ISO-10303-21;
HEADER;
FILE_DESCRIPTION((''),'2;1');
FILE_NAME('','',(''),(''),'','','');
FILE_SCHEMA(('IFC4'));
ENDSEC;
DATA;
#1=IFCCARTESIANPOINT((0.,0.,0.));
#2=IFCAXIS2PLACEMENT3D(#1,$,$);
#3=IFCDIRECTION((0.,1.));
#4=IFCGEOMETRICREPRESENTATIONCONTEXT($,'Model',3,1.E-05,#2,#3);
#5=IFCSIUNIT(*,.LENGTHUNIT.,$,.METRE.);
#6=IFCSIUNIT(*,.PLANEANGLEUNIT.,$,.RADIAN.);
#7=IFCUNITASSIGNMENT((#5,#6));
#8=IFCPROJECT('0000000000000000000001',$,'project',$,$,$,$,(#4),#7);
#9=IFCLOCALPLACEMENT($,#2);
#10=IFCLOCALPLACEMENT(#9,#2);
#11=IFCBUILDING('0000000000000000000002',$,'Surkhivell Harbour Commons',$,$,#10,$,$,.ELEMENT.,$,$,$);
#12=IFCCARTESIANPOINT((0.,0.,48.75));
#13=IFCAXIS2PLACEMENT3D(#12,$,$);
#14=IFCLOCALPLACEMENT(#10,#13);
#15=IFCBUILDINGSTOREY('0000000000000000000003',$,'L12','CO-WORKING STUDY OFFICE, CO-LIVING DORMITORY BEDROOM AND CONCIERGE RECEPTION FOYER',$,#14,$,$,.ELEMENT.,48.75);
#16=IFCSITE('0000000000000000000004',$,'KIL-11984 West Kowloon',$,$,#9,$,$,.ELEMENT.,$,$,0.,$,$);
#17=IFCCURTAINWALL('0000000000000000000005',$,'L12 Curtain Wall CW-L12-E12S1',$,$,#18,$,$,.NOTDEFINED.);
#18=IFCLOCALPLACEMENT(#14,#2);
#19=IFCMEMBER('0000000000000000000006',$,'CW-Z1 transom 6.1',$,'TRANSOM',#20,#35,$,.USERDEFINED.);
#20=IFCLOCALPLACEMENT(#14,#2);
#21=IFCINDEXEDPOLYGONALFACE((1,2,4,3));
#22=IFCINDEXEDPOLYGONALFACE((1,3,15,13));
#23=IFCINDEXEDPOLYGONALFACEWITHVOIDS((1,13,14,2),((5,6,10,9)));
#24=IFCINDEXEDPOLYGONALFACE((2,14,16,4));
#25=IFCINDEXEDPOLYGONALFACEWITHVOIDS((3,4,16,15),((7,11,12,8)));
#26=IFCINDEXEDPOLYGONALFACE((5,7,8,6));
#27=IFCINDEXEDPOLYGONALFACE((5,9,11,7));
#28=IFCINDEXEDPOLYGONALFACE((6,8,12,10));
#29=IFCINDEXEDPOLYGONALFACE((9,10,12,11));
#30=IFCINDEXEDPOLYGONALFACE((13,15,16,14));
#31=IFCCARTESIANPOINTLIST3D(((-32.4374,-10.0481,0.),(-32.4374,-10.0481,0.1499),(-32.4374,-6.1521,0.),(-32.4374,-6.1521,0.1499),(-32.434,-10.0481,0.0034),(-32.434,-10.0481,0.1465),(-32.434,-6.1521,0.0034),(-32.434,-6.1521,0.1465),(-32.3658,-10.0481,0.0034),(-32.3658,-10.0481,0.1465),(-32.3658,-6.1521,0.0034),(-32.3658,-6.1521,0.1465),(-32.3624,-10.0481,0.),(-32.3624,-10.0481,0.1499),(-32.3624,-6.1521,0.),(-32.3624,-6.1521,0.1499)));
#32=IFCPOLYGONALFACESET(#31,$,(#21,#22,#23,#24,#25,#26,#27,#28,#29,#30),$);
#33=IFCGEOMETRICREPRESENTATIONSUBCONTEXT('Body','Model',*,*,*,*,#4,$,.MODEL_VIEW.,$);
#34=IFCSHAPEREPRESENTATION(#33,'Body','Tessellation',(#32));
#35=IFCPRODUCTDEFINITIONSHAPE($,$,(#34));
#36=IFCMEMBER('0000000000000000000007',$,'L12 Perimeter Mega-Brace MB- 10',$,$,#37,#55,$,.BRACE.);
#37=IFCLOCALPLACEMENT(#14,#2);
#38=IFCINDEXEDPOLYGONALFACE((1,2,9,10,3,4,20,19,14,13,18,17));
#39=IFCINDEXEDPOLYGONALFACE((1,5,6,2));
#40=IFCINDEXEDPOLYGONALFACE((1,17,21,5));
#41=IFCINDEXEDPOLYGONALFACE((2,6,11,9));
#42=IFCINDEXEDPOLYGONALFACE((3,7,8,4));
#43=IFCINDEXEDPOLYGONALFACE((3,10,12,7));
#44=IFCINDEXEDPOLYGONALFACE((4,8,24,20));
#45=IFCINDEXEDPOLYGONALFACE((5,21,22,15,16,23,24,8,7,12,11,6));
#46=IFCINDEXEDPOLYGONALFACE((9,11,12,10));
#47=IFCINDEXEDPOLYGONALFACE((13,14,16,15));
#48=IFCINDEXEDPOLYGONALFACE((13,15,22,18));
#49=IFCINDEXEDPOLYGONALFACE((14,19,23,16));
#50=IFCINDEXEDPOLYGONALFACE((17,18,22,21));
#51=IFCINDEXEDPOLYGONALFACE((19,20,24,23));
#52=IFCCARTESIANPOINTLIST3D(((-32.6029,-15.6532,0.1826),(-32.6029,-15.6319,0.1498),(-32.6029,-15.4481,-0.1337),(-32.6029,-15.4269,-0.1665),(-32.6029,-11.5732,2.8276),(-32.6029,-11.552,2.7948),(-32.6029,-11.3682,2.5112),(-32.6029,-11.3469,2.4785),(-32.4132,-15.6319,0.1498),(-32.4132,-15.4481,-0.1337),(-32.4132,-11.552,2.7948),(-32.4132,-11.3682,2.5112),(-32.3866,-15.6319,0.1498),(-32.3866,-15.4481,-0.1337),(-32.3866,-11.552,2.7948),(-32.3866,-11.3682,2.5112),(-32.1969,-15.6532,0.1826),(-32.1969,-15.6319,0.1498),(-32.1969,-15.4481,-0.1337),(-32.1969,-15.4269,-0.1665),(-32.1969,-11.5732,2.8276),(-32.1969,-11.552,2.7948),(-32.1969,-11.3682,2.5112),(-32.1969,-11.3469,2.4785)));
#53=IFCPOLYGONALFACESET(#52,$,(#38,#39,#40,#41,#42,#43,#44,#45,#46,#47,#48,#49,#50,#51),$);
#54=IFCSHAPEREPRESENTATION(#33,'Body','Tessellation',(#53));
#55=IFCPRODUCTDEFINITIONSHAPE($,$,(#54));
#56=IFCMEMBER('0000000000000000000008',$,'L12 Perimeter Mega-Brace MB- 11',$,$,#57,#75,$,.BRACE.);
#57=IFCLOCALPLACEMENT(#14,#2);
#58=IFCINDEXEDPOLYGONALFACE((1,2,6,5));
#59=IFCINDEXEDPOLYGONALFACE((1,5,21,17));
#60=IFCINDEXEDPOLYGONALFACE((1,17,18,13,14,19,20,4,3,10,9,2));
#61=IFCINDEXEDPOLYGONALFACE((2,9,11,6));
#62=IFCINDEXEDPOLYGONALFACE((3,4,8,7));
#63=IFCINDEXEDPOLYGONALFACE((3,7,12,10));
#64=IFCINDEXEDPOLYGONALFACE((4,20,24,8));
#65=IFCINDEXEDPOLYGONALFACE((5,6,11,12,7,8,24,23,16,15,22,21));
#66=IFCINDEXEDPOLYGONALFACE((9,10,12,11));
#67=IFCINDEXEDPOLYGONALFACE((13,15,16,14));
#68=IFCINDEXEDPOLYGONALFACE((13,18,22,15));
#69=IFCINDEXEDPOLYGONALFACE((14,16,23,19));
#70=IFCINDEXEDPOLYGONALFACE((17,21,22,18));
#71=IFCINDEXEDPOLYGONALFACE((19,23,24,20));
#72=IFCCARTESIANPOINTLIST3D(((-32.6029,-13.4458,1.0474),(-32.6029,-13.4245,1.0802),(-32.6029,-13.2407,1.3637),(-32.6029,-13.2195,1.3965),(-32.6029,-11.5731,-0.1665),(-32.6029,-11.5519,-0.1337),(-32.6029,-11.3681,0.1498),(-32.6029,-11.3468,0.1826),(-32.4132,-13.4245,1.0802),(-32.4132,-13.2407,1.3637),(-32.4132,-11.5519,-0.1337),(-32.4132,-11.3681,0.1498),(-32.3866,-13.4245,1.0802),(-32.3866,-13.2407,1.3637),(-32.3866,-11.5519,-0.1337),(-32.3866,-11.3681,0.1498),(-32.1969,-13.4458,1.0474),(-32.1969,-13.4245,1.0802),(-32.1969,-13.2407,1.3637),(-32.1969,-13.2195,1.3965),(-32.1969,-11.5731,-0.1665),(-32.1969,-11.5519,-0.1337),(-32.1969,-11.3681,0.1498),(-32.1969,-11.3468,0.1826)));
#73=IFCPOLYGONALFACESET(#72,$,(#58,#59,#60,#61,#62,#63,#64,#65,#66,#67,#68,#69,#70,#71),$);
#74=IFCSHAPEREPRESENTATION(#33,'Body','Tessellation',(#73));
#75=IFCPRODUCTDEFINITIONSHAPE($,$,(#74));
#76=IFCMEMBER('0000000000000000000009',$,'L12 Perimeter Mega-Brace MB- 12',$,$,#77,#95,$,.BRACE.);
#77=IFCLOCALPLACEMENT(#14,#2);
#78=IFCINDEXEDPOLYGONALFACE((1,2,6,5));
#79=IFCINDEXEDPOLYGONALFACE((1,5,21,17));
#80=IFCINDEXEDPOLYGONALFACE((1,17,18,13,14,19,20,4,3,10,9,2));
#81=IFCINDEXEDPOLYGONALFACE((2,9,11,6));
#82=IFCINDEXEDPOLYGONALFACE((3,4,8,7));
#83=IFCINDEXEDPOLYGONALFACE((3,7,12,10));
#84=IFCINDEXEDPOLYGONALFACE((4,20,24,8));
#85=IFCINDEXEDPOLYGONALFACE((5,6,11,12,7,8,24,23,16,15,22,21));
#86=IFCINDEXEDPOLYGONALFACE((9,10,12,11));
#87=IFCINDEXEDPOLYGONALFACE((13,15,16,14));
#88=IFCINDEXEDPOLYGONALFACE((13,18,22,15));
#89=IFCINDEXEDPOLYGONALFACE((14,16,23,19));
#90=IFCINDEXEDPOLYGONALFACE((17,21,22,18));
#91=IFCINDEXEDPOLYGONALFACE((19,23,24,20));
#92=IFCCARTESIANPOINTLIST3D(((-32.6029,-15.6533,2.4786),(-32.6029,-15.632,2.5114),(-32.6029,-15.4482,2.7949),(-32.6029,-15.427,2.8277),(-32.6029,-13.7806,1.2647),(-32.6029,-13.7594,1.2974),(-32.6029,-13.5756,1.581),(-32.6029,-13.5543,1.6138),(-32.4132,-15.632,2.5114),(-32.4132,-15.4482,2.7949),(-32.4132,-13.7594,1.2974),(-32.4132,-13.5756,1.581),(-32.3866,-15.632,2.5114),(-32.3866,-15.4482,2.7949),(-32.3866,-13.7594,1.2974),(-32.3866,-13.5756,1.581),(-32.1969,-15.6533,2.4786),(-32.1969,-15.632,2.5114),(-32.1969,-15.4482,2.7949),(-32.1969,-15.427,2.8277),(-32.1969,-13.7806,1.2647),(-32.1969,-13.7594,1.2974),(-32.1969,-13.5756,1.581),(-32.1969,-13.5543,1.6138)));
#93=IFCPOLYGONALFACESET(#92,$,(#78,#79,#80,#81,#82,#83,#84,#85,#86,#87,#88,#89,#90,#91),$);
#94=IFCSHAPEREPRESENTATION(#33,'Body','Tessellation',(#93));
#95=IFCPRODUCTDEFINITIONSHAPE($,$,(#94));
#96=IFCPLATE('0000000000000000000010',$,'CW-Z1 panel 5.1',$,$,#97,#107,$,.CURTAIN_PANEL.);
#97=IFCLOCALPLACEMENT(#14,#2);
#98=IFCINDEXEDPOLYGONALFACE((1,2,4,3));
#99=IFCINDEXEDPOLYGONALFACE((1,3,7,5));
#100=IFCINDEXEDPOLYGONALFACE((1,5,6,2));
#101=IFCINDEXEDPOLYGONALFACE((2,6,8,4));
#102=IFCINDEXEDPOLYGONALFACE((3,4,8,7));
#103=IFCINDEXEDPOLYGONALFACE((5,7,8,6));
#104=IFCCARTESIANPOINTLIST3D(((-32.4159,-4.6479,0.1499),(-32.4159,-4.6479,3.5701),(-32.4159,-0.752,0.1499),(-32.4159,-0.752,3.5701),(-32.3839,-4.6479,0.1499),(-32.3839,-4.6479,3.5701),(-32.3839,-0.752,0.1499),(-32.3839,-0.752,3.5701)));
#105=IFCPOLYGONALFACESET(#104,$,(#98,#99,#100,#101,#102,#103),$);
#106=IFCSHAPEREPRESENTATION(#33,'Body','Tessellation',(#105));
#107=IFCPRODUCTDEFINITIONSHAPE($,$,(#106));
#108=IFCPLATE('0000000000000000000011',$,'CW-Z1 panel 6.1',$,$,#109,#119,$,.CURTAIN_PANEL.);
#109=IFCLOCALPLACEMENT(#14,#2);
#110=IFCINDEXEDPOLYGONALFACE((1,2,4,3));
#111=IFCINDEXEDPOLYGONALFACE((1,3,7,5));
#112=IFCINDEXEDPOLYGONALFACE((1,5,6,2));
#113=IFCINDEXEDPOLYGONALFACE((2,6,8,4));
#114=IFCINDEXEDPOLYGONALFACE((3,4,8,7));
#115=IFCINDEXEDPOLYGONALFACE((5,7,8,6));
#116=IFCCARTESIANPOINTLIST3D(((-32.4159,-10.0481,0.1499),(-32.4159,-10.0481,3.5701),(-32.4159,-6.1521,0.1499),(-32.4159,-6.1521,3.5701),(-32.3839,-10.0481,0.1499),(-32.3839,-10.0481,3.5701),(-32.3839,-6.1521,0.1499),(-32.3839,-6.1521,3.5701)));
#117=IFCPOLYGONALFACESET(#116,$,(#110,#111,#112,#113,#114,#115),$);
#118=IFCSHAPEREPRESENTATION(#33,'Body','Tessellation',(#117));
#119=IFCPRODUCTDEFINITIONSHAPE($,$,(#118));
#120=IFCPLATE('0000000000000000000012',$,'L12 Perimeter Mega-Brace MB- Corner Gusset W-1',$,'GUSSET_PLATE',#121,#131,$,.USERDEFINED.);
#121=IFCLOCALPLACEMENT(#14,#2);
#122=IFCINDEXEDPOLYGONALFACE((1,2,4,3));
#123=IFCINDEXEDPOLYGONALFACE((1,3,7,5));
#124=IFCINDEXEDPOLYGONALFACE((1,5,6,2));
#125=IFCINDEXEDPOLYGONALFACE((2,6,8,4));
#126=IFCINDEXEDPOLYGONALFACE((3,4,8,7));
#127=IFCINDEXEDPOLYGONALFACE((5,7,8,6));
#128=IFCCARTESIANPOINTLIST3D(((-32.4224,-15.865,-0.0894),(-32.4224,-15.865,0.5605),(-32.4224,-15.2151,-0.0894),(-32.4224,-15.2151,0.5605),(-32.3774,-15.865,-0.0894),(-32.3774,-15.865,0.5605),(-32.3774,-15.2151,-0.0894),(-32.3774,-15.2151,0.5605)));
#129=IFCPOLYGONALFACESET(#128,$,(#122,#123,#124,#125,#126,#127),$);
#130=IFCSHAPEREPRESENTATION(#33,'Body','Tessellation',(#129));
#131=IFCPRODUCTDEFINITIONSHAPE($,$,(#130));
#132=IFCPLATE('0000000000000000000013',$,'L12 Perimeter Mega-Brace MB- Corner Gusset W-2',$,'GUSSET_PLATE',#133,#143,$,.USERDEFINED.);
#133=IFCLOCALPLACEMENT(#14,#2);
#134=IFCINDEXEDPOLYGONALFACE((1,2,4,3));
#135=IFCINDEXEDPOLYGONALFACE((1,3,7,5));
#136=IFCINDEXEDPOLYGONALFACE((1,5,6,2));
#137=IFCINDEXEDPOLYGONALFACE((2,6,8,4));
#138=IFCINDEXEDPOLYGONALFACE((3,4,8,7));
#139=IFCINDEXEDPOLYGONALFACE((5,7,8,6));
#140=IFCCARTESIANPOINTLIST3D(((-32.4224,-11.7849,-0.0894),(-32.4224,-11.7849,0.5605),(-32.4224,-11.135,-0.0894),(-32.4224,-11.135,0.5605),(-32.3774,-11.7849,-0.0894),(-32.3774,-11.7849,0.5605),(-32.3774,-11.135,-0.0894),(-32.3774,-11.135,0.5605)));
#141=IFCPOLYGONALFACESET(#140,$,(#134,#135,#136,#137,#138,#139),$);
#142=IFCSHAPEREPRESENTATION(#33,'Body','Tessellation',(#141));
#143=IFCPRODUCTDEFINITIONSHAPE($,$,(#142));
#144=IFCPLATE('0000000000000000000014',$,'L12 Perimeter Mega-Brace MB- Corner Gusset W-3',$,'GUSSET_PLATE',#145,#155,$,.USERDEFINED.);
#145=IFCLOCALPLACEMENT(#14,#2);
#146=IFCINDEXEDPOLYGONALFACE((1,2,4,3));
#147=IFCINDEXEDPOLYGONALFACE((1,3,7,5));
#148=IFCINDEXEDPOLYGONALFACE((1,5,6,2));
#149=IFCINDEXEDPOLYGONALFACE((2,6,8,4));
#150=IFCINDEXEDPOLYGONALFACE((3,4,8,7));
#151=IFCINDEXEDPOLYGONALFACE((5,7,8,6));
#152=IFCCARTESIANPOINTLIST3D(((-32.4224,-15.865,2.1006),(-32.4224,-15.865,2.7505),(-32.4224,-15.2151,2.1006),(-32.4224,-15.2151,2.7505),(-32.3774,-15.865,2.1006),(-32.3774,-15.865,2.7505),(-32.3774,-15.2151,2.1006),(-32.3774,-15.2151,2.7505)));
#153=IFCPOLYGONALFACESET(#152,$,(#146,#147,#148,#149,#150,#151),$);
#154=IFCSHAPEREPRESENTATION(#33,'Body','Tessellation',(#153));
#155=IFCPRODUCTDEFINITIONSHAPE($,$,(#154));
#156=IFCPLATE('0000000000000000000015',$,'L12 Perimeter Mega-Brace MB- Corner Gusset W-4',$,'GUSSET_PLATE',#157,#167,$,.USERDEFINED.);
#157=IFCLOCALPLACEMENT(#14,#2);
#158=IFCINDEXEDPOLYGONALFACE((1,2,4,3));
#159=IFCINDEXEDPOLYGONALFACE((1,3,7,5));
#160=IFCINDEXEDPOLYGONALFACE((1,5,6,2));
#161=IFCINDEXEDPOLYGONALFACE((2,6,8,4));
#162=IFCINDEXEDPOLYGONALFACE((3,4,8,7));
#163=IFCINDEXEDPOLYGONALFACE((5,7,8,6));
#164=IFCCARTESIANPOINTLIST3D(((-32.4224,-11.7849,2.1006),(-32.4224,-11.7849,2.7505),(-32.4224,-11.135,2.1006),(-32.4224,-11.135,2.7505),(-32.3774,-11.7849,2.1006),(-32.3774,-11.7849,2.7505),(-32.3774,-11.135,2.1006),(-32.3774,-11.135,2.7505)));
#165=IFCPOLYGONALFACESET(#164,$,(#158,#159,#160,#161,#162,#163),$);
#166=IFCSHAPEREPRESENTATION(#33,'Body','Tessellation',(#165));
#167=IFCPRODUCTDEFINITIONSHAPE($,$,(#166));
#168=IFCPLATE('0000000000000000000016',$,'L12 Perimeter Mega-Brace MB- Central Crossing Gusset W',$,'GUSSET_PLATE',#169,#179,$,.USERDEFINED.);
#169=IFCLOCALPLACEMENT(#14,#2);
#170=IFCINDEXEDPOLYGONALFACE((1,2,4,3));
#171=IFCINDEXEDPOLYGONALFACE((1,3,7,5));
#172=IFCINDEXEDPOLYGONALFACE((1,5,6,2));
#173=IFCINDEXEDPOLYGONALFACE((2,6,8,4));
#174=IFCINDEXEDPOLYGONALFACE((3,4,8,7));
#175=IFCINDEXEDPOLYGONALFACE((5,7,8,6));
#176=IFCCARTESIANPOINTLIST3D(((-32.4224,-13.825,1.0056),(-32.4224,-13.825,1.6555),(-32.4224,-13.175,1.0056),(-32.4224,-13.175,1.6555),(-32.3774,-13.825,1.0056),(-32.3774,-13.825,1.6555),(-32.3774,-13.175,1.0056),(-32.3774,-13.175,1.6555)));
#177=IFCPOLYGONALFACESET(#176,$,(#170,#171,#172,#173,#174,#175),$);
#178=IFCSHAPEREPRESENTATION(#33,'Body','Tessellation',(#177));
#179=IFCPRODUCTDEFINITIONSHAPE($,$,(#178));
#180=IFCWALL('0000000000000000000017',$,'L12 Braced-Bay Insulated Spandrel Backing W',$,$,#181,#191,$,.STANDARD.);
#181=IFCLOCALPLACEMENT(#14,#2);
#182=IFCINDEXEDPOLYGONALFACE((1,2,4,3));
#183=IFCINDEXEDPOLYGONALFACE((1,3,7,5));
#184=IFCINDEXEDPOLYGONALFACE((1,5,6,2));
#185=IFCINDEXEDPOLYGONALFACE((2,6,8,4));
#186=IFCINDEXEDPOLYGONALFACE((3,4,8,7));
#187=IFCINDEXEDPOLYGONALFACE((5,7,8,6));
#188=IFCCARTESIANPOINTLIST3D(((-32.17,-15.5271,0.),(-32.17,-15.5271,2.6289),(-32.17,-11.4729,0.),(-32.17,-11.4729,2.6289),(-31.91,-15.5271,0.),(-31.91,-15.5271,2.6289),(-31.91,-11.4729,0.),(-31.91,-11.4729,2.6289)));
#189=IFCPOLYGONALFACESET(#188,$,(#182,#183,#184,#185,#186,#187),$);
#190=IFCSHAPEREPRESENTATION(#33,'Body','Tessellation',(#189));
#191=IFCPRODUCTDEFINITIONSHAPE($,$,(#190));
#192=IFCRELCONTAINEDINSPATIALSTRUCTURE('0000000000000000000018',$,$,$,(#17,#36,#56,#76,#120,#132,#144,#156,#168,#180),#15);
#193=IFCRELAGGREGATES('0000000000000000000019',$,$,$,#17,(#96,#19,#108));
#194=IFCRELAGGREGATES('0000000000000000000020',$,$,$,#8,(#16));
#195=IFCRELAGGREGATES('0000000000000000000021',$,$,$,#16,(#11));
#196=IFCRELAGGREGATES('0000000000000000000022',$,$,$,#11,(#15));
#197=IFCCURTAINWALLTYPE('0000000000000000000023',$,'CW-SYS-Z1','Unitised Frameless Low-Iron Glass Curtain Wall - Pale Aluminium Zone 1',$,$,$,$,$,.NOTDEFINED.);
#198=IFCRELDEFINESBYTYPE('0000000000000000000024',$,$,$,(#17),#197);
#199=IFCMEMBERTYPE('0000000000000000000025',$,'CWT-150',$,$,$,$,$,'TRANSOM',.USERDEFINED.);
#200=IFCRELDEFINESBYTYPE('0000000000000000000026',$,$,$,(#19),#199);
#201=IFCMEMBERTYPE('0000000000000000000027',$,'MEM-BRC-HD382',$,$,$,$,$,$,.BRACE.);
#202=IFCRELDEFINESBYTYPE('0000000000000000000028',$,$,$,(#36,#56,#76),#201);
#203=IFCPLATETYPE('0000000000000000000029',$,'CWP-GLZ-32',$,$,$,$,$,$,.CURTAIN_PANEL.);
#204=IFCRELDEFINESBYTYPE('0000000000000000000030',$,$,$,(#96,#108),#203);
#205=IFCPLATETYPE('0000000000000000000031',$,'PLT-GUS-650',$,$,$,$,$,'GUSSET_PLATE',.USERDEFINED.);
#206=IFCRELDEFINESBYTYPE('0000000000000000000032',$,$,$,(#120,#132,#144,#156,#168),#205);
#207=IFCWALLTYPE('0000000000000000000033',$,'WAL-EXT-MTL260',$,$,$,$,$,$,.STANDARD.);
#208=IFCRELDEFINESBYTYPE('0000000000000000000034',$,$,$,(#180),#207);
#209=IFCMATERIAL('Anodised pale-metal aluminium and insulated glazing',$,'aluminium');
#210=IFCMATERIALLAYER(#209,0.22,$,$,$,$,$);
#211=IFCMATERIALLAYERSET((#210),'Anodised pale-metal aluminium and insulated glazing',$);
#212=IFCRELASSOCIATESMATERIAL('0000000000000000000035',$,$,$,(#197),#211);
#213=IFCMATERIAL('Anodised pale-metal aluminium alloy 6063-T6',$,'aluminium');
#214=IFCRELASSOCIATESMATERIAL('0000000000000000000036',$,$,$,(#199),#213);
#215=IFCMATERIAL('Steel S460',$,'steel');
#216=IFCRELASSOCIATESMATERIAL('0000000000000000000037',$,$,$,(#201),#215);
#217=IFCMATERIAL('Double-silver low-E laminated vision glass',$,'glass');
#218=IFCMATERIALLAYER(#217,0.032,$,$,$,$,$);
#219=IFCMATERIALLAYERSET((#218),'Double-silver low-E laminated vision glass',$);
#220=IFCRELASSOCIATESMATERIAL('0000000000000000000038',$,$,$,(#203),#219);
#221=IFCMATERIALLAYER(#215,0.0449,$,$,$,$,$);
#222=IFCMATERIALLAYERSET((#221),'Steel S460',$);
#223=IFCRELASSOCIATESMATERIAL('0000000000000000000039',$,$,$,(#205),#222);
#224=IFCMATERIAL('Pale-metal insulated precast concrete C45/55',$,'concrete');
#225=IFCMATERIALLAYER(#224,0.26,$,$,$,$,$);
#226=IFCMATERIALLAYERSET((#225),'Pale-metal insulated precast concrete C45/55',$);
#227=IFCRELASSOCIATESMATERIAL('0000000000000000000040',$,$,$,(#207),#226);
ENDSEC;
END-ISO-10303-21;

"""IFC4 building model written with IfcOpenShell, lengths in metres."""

from ifc_helpers import new_model, si_unit, direction, frame, frame_2d, origin, origin_2d, place, context, subcontext, project, spatial, rectangle, hollow_rectangle, i_section, extrude, material, layer, layer_set, material_profile, profile_set, type_object, element, aggregate, save


model = new_model("IFC4")

# Units and contexts
model_context = context("Model", 3, precision=1e-05, world=origin(), true_north=direction((0.0, 1.0)))
body_context = subcontext(model_context, "Body", "Model", "MODEL_VIEW")
ifc_project = project(units=[si_unit("LENGTHUNIT", "METRE"), si_unit("PLANEANGLEUNIT", "RADIAN")], contexts=[model_context])

# Site, building, storey
site_placement = place(None, origin())
site = spatial("IfcSite", under=ifc_project, at=site_placement, Name="KIL-11984 West Kowloon", CompositionType="ELEMENT", RefElevation=0.0)
building_placement = place(site_placement, origin())
building = spatial("IfcBuilding", under=site, at=building_placement, Name="Surkhivell Harbour Commons", CompositionType="ELEMENT")
storey_placement = place(building_placement, frame((0.0, 0.0, 48.75)))
storey = spatial("IfcBuildingStorey", under=building, at=storey_placement, Name="L12", Description="CO-WORKING STUDY OFFICE, CO-LIVING DORMITORY BEDROOM AND CONCIERGE RECEPTION FOYER", CompositionType="ELEMENT", Elevation=48.75)

# Shared definitions
ifc_material_1 = material(Name="Steel S460", Category="steel")

# Curtain wall, member
ifc_material_2 = material(Name="Anodised pale-metal aluminium and insulated glazing", Category="aluminium")
ifc_layer_1 = layer(ifc_material_2, 0.22)
ifc_layer_set_1 = layer_set([ifc_layer_1], Name="Anodised pale-metal aluminium and insulated glazing")
curtain_wall_type = type_object("IfcCurtainWallType", Name="CW-SYS-Z1", Description="Unitised Frameless Low-Iron Glass Curtain Wall - Pale Aluminium Zone 1", PredefinedType="NOTDEFINED", material=ifc_layer_set_1)
curtain_wall_placement = place(storey_placement, origin())
curtain_wall = element("IfcCurtainWall", 1, at=curtain_wall_placement, inside=storey, type_object=curtain_wall_type, Name="L12 Curtain Wall CW-L12-E12S1", PredefinedType="NOTDEFINED")
ifc_material_3 = material(Name="Anodised pale-metal aluminium alloy 6063-T6", Category="aluminium")
ifc_material_profile_1 = material_profile(ifc_material_3, hollow_rectangle(XDim=0.075, YDim=0.1499, WallThickness=0.0034, at=origin_2d()), Name="ALU-TRAN-75x150")
ifc_profile_set_1 = profile_set([ifc_material_profile_1], Name="Anodised pale-metal aluminium alloy 6063-T6")
member_type_1 = type_object("IfcMemberType", Name="CWT-150", ElementType="TRANSOM", PredefinedType="USERDEFINED", material=ifc_profile_set_1)
member_1_placement = place(storey_placement, frame((-32.3999, -6.1521, 0.075), z_axis=(0.0, -1.0, 0.0), x_axis=(1.0, 0.0, 0.0)))
member_1 = element("IfcMember", 2, at=member_1_placement, type_object=member_type_1, Name="CW-Z1 transom 6.1", ObjectType="TRANSOM", PredefinedType="USERDEFINED", context=body_context, shape_type="SweptSolid", body=[
    extrude(hollow_rectangle(XDim=0.075, YDim=0.1499, WallThickness=0.0034, at=origin_2d()), origin(), (0.0, 0.0, 1.0), 3.896),
])

# Members
ifc_material_profile_2 = material_profile(ifc_material_1, i_section(OverallWidth=0.406, OverallDepth=0.416, WebThickness=0.0266, FlangeThickness=0.0391, at=origin_2d()), Name="HD400x382")
ifc_profile_set_2 = profile_set([ifc_material_profile_2], Name="Steel S460")
member_type_2 = type_object("IfcMemberType", Name="MEM-BRC-HD382", PredefinedType="BRACE", material=ifc_profile_set_2)
member_2_placement = place(storey_placement, frame((-32.3999, -15.54, 0.0081), z_axis=(0.0, 0.839104, 0.543971), x_axis=(-1.0, 0.0, 0.0)))
element("IfcMember", 3, at=member_2_placement, inside=storey, type_object=member_type_2, Name="L12 Perimeter Mega-Brace MB- 10", PredefinedType="BRACE", context=body_context, shape_type="SweptSolid", body=[
    extrude(i_section(OverallWidth=0.406, OverallDepth=0.416, WebThickness=0.0266, FlangeThickness=0.0391, at=origin_2d()), origin(), (0.0, 0.0, 1.0), 4.8623),
])
for number, where, z_axis, x_axis, name in (
    (4, (-32.3999, -11.46, 0.0081), (0.0, -0.839118, 0.54395), (1.0, 0.0, 0.0), "L12 Perimeter Mega-Brace MB- 11"),
    (5, (-32.3999, -13.6675, 1.4392), (0.0, -0.839118, 0.54395), (1.0, 0.0, 0.0), "L12 Perimeter Mega-Brace MB- 12"),
):
    element("IfcMember", number, at=place(storey_placement, frame(where, z_axis=z_axis, x_axis=x_axis)), inside=storey, type_object=member_type_2, Name=name, PredefinedType="BRACE", context=body_context, shape_type="SweptSolid", body=[
        extrude(i_section(OverallWidth=0.406, OverallDepth=0.416, WebThickness=0.0266, FlangeThickness=0.0391, at=origin_2d()), origin(), (0.0, 0.0, 1.0), 2.2317),
    ])

# Plates
ifc_material_4 = material(Name="Double-silver low-E laminated vision glass", Category="glass")
ifc_layer_2 = layer(ifc_material_4, 0.032)
ifc_layer_set_2 = layer_set([ifc_layer_2], Name="Double-silver low-E laminated vision glass")
plate_type_1 = type_object("IfcPlateType", Name="CWP-GLZ-32", PredefinedType="CURTAIN_PANEL", material=ifc_layer_set_2)
plate_1_placement = place(storey_placement, frame((-32.3999, -0.752, 0.1499), z_axis=(0.0, 0.0, 1.0), x_axis=(0.0, -1.0, 0.0)))
plate_1 = element("IfcPlate", 6, at=plate_1_placement, type_object=plate_type_1, Name="CW-Z1 panel 5.1", PredefinedType="CURTAIN_PANEL", context=body_context, shape_type="SweptSolid", body=[
    extrude(rectangle(XDim=3.896, YDim=0.032, at=frame_2d((1.948, 0.0))), origin(), (0.0, 0.0, 1.0), 3.4202),
])
plate_2_placement = place(storey_placement, frame((-32.3999, -6.1521, 0.1499), z_axis=(0.0, 0.0, 1.0), x_axis=(0.0, -1.0, 0.0)))
plate_2 = element("IfcPlate", 7, at=plate_2_placement, type_object=plate_type_1, Name="CW-Z1 panel 6.1", PredefinedType="CURTAIN_PANEL", context=body_context, shape_type="SweptSolid", body=[
    extrude(rectangle(XDim=3.896, YDim=0.032, at=frame_2d((1.948, 0.0))), origin(), (0.0, 0.0, 1.0), 3.4202),
])
aggregate(curtain_wall, [plate_1, member_1, plate_2])

# Plates
ifc_layer_3 = layer(ifc_material_1, 0.0449)
ifc_layer_set_3 = layer_set([ifc_layer_3], Name="Steel S460")
plate_type_2 = type_object("IfcPlateType", Name="PLT-GUS-650", ElementType="GUSSET_PLATE", PredefinedType="USERDEFINED", material=ifc_layer_set_3)
for number, where, z_axis, x_axis, name in (
    (8, (-32.3999, -15.54, -0.0894), (0.0, 0.0, 1.0), (0.0, 1.0, 0.0), "L12 Perimeter Mega-Brace MB- Corner Gusset W-1"),
    (9, (-32.3999, -11.46, -0.0894), (0.0, 0.0, 1.0), (0.0, 1.0, 0.0), "L12 Perimeter Mega-Brace MB- Corner Gusset W-2"),
    (10, (-32.3999, -15.54, 2.1006), (0.0, 0.0, 1.0), (0.0, 1.0, 0.0), "L12 Perimeter Mega-Brace MB- Corner Gusset W-3"),
    (11, (-32.3999, -11.46, 2.1006), (0.0, 0.0, 1.0), (0.0, 1.0, 0.0), "L12 Perimeter Mega-Brace MB- Corner Gusset W-4"),
    (12, (-32.3999, -13.5, 1.0056), (0.0, 0.0, 1.0), (0.0, 1.0, 0.0), "L12 Perimeter Mega-Brace MB- Central Crossing Gusset W"),
):
    element("IfcPlate", number, at=place(storey_placement, frame(where, z_axis=z_axis, x_axis=x_axis)), inside=storey, type_object=plate_type_2, Name=name, ObjectType="GUSSET_PLATE", PredefinedType="USERDEFINED", context=body_context, shape_type="SweptSolid", body=[
        extrude(rectangle(XDim=0.6499, YDim=0.0449, at=origin_2d()), origin(), (0.0, 0.0, 1.0), 0.6499),
    ])

# Wall
ifc_material_5 = material(Name="Pale-metal insulated precast concrete C45/55", Category="concrete")
ifc_layer_4 = layer(ifc_material_5, 0.26)
ifc_layer_set_4 = layer_set([ifc_layer_4], Name="Pale-metal insulated precast concrete C45/55")
wall_type_1 = type_object("IfcWallType", Name="WAL-EXT-MTL260", PredefinedType="STANDARD", material=ifc_layer_set_4)
wall_placement = place(storey_placement, frame((-32.04, -11.4729, 0.0), z_axis=(0.0, 0.0, 1.0), x_axis=(0.0, -1.0, 0.0)))
element("IfcWall", 13, at=wall_placement, inside=storey, type_object=wall_type_1, Name="L12 Braced-Bay Insulated Spandrel Backing W", PredefinedType="STANDARD", context=body_context, shape_type="SweptSolid", body=[
    extrude(rectangle(XDim=4.0542, YDim=0.26, at=frame_2d((2.0271, 0.0))), origin(), (0.0, 0.0, 1.0), 2.6289),
])

save(model, "model.ifc")
